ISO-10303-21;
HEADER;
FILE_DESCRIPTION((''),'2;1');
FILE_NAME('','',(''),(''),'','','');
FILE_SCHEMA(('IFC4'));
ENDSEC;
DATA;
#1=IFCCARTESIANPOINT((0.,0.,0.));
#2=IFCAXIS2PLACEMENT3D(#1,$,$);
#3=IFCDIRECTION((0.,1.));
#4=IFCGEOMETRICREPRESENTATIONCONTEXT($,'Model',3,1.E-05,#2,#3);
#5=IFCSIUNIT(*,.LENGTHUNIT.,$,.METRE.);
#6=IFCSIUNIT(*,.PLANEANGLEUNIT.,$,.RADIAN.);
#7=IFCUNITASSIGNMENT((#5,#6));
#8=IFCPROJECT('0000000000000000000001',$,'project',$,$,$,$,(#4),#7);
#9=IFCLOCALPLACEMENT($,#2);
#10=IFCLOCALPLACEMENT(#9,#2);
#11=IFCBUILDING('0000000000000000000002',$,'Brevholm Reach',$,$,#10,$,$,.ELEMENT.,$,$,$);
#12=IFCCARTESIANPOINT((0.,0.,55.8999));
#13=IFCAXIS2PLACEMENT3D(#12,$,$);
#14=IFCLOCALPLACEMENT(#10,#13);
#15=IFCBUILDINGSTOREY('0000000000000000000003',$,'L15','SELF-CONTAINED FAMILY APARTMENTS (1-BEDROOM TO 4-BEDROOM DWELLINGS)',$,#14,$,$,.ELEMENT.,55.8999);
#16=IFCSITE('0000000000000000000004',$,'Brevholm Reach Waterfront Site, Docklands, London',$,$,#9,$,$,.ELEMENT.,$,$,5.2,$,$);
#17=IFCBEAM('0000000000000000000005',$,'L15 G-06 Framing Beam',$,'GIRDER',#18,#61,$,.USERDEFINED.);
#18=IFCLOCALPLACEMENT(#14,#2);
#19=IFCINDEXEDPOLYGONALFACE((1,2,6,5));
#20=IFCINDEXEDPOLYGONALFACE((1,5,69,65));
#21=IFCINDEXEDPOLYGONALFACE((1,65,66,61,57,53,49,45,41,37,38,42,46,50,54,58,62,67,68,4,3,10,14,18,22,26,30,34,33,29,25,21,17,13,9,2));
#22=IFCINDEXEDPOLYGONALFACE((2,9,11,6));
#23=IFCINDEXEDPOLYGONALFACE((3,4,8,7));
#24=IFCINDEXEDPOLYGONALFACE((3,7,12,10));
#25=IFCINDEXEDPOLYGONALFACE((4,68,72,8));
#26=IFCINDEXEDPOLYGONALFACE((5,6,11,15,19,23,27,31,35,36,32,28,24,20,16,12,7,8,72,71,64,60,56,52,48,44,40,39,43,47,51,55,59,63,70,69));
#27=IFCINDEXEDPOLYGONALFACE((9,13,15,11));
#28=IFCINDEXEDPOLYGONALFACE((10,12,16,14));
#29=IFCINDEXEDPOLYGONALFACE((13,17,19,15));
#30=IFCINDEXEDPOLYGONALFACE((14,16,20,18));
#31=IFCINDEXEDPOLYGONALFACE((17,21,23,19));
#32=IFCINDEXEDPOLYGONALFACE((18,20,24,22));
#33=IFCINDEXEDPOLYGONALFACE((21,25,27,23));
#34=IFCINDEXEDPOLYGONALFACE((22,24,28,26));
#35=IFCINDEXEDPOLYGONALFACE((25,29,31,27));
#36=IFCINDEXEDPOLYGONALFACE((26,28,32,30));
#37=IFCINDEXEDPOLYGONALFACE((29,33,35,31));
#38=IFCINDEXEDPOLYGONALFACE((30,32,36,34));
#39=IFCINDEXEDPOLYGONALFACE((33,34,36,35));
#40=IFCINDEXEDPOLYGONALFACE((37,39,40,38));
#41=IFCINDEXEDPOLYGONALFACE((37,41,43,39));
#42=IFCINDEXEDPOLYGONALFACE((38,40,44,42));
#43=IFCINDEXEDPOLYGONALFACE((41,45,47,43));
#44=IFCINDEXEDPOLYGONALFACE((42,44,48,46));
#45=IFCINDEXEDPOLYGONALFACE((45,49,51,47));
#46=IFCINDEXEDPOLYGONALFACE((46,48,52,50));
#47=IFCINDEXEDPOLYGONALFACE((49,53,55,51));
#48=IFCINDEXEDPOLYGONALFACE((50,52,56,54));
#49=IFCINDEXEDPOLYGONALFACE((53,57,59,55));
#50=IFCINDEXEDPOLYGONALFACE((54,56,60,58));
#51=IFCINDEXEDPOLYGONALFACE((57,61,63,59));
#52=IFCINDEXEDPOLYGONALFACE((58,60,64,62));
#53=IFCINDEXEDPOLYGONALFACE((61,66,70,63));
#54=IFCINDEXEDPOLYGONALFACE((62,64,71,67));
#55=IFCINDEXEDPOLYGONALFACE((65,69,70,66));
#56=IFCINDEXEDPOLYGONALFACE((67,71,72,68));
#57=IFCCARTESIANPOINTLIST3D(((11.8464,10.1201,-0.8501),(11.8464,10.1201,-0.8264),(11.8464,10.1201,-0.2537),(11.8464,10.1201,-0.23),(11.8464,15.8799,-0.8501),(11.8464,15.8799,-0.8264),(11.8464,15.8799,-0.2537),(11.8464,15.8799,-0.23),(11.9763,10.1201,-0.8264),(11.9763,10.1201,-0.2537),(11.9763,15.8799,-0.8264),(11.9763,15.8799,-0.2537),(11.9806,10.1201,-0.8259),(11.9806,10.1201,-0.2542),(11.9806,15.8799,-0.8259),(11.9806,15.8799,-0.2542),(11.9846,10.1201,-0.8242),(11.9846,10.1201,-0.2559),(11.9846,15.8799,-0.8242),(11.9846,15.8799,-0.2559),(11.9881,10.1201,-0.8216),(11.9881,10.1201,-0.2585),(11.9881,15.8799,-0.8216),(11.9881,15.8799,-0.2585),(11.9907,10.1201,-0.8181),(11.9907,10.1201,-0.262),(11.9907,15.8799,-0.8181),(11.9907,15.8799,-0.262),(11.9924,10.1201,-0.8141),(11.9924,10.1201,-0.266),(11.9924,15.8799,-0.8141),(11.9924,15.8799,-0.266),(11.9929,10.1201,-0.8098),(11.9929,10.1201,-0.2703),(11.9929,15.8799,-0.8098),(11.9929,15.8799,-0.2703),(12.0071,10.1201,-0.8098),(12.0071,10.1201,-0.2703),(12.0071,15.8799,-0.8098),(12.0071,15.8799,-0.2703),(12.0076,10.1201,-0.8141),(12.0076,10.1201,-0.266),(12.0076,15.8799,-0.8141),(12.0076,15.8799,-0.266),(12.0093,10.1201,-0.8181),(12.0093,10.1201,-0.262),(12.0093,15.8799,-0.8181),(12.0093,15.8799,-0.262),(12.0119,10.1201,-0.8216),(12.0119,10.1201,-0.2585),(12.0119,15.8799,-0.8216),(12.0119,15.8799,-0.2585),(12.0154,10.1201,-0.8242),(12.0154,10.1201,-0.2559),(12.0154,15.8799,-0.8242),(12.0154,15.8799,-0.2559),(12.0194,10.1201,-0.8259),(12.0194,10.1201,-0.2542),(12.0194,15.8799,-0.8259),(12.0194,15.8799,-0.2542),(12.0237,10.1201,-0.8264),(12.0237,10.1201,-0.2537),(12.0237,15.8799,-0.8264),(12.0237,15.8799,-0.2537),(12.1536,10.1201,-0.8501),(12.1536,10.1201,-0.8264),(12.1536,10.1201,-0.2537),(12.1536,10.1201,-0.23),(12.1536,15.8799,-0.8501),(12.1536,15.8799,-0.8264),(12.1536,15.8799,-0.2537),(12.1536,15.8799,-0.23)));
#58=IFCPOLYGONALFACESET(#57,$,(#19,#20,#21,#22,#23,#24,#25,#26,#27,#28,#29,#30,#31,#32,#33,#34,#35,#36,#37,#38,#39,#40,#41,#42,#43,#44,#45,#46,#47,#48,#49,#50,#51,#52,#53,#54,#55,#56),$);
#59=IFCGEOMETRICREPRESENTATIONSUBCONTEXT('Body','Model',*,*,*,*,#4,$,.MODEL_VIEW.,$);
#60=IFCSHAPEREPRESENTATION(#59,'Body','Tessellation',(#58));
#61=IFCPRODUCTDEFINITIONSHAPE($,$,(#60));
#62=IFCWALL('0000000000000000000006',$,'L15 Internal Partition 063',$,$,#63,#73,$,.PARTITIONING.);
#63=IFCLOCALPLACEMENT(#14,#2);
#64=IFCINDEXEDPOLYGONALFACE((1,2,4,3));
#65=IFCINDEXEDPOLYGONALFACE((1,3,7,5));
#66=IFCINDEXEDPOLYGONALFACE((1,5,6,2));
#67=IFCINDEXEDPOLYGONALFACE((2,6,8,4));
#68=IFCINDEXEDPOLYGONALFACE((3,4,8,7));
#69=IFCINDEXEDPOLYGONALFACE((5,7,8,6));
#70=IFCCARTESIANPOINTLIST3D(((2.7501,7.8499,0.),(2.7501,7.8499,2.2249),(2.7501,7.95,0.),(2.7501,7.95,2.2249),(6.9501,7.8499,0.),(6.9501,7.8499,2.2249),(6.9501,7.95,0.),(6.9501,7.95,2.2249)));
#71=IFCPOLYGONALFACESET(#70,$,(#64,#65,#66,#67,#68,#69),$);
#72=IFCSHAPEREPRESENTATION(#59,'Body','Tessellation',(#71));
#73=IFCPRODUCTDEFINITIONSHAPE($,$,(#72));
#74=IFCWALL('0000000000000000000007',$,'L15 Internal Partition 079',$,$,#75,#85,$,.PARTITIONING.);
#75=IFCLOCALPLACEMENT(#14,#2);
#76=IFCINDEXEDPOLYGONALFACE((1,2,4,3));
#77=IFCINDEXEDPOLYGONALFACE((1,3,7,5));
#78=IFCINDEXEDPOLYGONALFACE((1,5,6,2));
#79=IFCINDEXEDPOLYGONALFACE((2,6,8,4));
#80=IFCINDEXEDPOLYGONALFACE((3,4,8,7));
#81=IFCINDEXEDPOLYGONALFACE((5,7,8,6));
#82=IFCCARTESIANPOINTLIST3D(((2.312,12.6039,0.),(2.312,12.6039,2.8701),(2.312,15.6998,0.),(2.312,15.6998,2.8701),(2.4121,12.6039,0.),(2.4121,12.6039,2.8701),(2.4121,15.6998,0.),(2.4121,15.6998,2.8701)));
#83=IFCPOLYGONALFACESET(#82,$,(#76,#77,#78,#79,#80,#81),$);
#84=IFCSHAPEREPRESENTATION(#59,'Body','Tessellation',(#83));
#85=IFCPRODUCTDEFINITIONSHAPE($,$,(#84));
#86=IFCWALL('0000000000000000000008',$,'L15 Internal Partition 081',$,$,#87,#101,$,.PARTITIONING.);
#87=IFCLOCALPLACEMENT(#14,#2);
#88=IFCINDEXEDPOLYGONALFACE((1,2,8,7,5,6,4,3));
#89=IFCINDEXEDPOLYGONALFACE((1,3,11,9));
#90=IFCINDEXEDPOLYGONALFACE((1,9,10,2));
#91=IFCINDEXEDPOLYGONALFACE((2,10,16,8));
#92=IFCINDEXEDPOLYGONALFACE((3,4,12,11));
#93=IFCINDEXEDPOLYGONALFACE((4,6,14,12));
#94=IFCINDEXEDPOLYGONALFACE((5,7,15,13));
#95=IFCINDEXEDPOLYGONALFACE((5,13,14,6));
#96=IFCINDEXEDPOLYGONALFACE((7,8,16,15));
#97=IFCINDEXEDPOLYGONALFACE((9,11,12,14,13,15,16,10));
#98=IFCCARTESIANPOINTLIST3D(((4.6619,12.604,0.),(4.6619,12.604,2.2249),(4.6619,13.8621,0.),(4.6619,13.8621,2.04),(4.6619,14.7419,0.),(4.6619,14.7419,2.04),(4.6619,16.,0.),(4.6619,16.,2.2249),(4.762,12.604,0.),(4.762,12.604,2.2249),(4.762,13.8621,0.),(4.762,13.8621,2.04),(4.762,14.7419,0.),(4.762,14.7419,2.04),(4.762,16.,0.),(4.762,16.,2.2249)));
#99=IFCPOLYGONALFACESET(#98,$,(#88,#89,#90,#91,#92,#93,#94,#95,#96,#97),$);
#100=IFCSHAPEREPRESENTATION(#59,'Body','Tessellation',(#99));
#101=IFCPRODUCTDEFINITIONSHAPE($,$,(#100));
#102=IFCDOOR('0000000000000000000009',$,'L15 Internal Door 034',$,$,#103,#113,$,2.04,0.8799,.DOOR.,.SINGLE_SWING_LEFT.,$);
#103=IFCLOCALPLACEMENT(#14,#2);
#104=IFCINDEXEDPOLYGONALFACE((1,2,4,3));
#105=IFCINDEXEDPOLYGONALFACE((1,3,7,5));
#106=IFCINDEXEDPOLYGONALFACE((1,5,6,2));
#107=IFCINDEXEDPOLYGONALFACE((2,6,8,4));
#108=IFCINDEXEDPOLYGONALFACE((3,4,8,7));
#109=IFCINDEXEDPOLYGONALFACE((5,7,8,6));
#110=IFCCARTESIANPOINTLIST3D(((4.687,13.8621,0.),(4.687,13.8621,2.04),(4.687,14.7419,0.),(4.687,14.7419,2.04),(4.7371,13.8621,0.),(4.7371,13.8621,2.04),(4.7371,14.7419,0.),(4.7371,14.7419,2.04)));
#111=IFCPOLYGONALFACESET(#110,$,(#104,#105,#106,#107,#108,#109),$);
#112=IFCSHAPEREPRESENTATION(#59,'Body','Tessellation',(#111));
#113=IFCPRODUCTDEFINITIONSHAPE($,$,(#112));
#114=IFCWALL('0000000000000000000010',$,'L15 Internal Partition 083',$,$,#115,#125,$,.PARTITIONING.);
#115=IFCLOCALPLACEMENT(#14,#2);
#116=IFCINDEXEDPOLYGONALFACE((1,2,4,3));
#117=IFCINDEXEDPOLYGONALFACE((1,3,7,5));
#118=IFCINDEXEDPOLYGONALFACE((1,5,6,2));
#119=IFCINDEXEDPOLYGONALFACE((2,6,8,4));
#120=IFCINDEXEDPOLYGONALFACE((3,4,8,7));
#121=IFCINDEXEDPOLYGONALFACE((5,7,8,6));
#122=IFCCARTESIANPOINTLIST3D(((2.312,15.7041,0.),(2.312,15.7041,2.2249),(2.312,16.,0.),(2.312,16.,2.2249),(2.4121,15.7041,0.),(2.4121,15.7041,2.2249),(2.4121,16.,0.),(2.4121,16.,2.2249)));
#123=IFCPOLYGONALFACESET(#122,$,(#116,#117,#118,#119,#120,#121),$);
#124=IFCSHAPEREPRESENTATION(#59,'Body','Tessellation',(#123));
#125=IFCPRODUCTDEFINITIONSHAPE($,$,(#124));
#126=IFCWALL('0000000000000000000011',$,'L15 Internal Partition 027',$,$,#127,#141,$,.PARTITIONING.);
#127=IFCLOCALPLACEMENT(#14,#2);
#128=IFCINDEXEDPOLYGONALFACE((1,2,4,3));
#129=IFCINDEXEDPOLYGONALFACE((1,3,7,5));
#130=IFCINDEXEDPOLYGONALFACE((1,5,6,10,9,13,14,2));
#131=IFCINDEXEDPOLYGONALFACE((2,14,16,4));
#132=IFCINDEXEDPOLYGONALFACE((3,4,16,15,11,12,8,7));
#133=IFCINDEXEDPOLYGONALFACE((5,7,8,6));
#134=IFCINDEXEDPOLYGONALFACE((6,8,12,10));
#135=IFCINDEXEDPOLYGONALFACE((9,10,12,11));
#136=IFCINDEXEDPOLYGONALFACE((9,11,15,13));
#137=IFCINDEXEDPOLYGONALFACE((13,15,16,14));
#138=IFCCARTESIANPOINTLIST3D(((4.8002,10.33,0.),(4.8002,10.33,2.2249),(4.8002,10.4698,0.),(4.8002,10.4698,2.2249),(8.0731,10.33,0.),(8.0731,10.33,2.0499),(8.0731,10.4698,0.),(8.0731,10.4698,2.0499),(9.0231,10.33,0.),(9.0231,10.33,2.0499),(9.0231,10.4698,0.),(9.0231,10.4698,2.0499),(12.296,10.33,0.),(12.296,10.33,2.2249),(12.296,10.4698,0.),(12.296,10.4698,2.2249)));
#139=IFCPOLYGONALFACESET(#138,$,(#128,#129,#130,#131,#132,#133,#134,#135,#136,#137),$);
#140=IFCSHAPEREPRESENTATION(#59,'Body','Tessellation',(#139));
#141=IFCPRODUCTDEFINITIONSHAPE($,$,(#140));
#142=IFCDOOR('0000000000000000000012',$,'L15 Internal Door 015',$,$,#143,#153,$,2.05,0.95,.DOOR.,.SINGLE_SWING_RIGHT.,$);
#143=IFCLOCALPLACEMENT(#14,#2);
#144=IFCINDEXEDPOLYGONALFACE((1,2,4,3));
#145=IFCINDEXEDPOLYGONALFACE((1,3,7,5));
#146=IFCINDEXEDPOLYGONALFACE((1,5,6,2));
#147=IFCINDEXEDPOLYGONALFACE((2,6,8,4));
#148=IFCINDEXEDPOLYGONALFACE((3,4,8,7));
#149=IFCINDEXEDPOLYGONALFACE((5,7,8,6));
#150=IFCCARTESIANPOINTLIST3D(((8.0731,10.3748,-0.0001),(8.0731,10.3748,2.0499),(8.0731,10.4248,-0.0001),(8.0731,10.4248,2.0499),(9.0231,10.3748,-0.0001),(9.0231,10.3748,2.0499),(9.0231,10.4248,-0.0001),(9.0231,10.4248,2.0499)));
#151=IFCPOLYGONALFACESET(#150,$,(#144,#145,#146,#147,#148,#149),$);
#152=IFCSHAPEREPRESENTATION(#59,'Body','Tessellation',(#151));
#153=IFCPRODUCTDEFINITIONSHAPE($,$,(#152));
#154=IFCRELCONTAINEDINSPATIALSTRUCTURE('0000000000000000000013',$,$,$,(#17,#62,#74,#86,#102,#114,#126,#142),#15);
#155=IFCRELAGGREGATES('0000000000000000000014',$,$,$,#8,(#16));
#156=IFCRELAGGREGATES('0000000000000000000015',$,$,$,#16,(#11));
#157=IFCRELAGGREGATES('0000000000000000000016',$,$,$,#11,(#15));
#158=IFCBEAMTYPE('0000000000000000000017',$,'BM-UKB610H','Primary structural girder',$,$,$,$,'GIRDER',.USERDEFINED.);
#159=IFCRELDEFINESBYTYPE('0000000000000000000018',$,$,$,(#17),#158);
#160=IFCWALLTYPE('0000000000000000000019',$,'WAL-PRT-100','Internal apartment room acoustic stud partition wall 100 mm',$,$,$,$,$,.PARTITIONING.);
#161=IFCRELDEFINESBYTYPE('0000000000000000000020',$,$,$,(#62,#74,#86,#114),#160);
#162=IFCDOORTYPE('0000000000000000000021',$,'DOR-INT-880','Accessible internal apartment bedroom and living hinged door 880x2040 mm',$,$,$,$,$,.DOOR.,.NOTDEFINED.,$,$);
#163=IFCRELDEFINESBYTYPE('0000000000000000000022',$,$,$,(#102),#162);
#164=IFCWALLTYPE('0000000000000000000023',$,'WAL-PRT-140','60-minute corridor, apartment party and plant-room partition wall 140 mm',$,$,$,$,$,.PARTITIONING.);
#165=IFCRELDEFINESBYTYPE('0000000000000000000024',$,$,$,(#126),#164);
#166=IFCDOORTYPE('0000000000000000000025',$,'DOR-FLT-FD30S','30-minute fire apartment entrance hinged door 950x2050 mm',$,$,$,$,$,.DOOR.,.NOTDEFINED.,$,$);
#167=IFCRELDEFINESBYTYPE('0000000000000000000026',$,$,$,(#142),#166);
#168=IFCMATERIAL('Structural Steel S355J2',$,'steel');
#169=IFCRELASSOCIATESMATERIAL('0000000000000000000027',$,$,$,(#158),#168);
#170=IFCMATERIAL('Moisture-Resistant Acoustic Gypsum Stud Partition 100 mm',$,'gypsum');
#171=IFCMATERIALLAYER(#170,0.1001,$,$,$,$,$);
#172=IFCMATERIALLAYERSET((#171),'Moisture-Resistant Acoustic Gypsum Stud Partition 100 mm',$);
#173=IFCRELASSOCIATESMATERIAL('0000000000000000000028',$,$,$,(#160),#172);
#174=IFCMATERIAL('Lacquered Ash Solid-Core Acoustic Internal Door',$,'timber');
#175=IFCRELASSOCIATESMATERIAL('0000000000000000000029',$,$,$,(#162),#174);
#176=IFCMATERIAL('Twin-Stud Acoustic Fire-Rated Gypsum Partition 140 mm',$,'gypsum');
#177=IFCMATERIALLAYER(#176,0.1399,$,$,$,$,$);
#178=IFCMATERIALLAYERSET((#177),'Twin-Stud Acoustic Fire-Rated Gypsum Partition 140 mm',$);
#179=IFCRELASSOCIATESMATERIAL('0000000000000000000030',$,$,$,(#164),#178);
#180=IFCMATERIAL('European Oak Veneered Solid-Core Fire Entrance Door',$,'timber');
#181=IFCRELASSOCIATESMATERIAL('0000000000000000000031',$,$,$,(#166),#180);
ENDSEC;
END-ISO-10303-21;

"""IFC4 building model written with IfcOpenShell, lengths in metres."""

from ifc_helpers import new_model, si_unit, direction, frame, frame_2d, origin, origin_2d, place, context, subcontext, project, spatial, rectangle, i_section, extrude, material, layer, layer_set, material_profile, profile_set, type_object, element, fill, save


model = new_model("IFC4")

# Units and contexts
model_context = context("Model", 3, precision=1e-05, world=origin(), true_north=direction((0.0, 1.0)))
body_context = subcontext(model_context, "Body", "Model", "MODEL_VIEW")
ifc_project = project(units=[si_unit("LENGTHUNIT", "METRE"), si_unit("PLANEANGLEUNIT", "RADIAN")], contexts=[model_context])

# Site, building, storey
site_placement = place(None, origin())
site = spatial("IfcSite", under=ifc_project, at=site_placement, Name="Brevholm Reach Waterfront Site, Docklands, London", CompositionType="ELEMENT", RefElevation=5.2)
building_placement = place(site_placement, origin())
building = spatial("IfcBuilding", under=site, at=building_placement, Name="Brevholm Reach", CompositionType="ELEMENT")
storey_placement = place(building_placement, frame((0.0, 0.0, 55.8999)))
storey = spatial("IfcBuildingStorey", under=building, at=storey_placement, Name="L15", Description="SELF-CONTAINED FAMILY APARTMENTS (1-BEDROOM TO 4-BEDROOM DWELLINGS)", CompositionType="ELEMENT", Elevation=55.8999)

# Beam
ifc_material_1 = material(Name="Structural Steel S355J2", Category="steel")
ifc_material_profile_1 = material_profile(ifc_material_1, i_section(OverallWidth=0.3071, OverallDepth=0.6201, WebThickness=0.0142, FlangeThickness=0.0237, FilletRadius=0.0166, at=origin_2d()), Name="UKB 610x305x179")
ifc_profile_set_1 = profile_set([ifc_material_profile_1], Name="Structural Steel S355J2")
beam_type = type_object("IfcBeamType", Name="BM-UKB610H", Description="Primary structural girder", ElementType="GIRDER", PredefinedType="USERDEFINED", material=ifc_profile_set_1)
for number, where, z_axis, x_axis, name in (
    (1, (12.0, 10.1201, -0.54), (0.0, 1.0, 0.0), (-1.0, 0.0, 0.0), "L15 G-06 Framing Beam"),
):
    element("IfcBeam", number, at=place(storey_placement, frame(where, z_axis=z_axis, x_axis=x_axis)), inside=storey, type_object=beam_type, Name=name, ObjectType="GIRDER", PredefinedType="USERDEFINED", context=body_context, shape_type="SweptSolid", body=[
        extrude(i_section(OverallWidth=0.3071, OverallDepth=0.6201, WebThickness=0.0142, FlangeThickness=0.0237, FilletRadius=0.0166, at=origin_2d()), origin(), (0.0, 0.0, 1.0), 5.7598),
    ])

# Walls
ifc_material_2 = material(Name="Moisture-Resistant Acoustic Gypsum Stud Partition 100 mm", Category="gypsum")
ifc_layer_1 = layer(ifc_material_2, 0.1001)
ifc_layer_set_1 = layer_set([ifc_layer_1], Name="Moisture-Resistant Acoustic Gypsum Stud Partition 100 mm")
wall_type_1 = type_object("IfcWallType", Name="WAL-PRT-100", Description="Internal apartment room acoustic stud partition wall 100 mm", PredefinedType="PARTITIONING", material=ifc_layer_set_1)
wall_1_placement = place(storey_placement, frame((2.75, 7.8999, 0.0), z_axis=(0.0, 0.0, 1.0), x_axis=(1.0, 0.0, 0.0)))
element("IfcWall", 2, at=wall_1_placement, inside=storey, type_object=wall_type_1, Name="L15 Internal Partition 063", PredefinedType="PARTITIONING", context=body_context, shape_type="SweptSolid", body=[
    extrude(rectangle(XDim=4.2, YDim=0.1001, at=frame_2d((2.1001, 0.0))), origin(), (0.0, 0.0, 1.0), 2.2249),
])
wall_2_placement = place(storey_placement, frame((2.3621, 12.604, 0.0), z_axis=(0.0, 0.0, 1.0), x_axis=(0.0, 1.0, 0.0)))
element("IfcWall", 3, at=wall_2_placement, inside=storey, type_object=wall_type_1, Name="L15 Internal Partition 079", PredefinedType="PARTITIONING", context=body_context, shape_type="SweptSolid", body=[
    extrude(rectangle(XDim=3.0959, YDim=0.1001, at=frame_2d((1.5479, 0.0))), origin(), (0.0, 0.0, 1.0), 2.8701),
])

# Wall, opening, door
wall_3_placement = place(storey_placement, frame((4.7119, 12.604, 0.0), z_axis=(0.0, 0.0, 1.0), x_axis=(0.0, 1.0, 0.0)))
wall_3 = element("IfcWall", 4, at=wall_3_placement, inside=storey, type_object=wall_type_1, Name="L15 Internal Partition 081", PredefinedType="PARTITIONING", context=body_context, shape_type="SweptSolid", body=[
    extrude(rectangle(XDim=3.396, YDim=0.1001, at=frame_2d((1.698, 0.0))), origin(), (0.0, 0.0, 1.0), 2.2249),
])
opening_1_placement = place(wall_3_placement, frame((1.2581, 0.0, 0.0)))
opening_1 = element("IfcOpeningElement", 5, at=opening_1_placement, cuts=wall_3, PredefinedType="OPENING", context=body_context, shape_type="SweptSolid", body=[
    extrude(rectangle(XDim=0.8799, YDim=2.04, at=frame_2d((0.4399, 1.02))), frame((0.0, 0.0601, 0.0), z_axis=(0.0, -1.0, 0.0), x_axis=(1.0, 0.0, 0.0)), (0.0, 0.0, 1.0), 0.1201),
])
ifc_material_3 = material(Name="Lacquered Ash Solid-Core Acoustic Internal Door", Category="timber")
door_type_1 = type_object("IfcDoorType", Name="DOR-INT-880", Description="Accessible internal apartment bedroom and living hinged door 880x2040 mm", OperationType="NOTDEFINED", PredefinedType="DOOR", material=ifc_material_3)
door_1_placement = place(opening_1_placement, origin())
door_1 = element("IfcDoor", 6, at=door_1_placement, inside=storey, type_object=door_type_1, Name="L15 Internal Door 034", OperationType="SINGLE_SWING_LEFT", OverallHeight=2.04, OverallWidth=0.8799, PredefinedType="DOOR", context=body_context, shape_type="SweptSolid", body=[
    extrude(rectangle(XDim=0.8799, YDim=2.04, at=frame_2d((0.4399, 1.02))), frame((0.0, 0.0249, 0.0), z_axis=(0.0, -1.0, 0.0), x_axis=(1.0, 0.0, 0.0)), (0.0, 0.0, 1.0), 0.05),
])
fill(opening_1, door_1)

# Wall
wall_4_placement = place(storey_placement, frame((2.3621, 15.7041, 0.0), z_axis=(0.0, 0.0, 1.0), x_axis=(0.0, 1.0, 0.0)))
element("IfcWall", 7, at=wall_4_placement, inside=storey, type_object=wall_type_1, Name="L15 Internal Partition 083", PredefinedType="PARTITIONING", context=body_context, shape_type="SweptSolid", body=[
    extrude(rectangle(XDim=0.2959, YDim=0.1001, at=frame_2d((0.1479, 0.0))), origin(), (0.0, 0.0, 1.0), 2.2249),
])

# Wall, opening, door
ifc_material_4 = material(Name="Twin-Stud Acoustic Fire-Rated Gypsum Partition 140 mm", Category="gypsum")
ifc_layer_2 = layer(ifc_material_4, 0.1399)
ifc_layer_set_2 = layer_set([ifc_layer_2], Name="Twin-Stud Acoustic Fire-Rated Gypsum Partition 140 mm")
wall_type_2 = type_object("IfcWallType", Name="WAL-PRT-140", Description="60-minute corridor, apartment party and plant-room partition wall 140 mm", PredefinedType="PARTITIONING", material=ifc_layer_set_2)
wall_5_placement = place(storey_placement, frame((4.8, 10.3999, 0.0), z_axis=(0.0, 0.0, 1.0), x_axis=(1.0, 0.0, 0.0)))
wall_5 = element("IfcWall", 8, at=wall_5_placement, inside=storey, type_object=wall_type_2, Name="L15 Internal Partition 027", PredefinedType="PARTITIONING", context=body_context, shape_type="SweptSolid", body=[
    extrude(rectangle(XDim=7.4958, YDim=0.1399, at=frame_2d((3.748, 0.0))), origin(), (0.0, 0.0, 1.0), 2.2249),
])
opening_2_placement = place(wall_5_placement, frame((3.2729, 0.0, 0.0)))
opening_2 = element("IfcOpeningElement", 9, at=opening_2_placement, cuts=wall_5, PredefinedType="OPENING", context=body_context, shape_type="SweptSolid", body=[
    extrude(rectangle(XDim=0.95, YDim=2.05, at=frame_2d((0.4751, 1.0249))), frame((0.0, 0.0798, 0.0), z_axis=(0.0, -1.0, 0.0), x_axis=(1.0, 0.0, 0.0)), (0.0, 0.0, 1.0), 0.1599),
])
ifc_material_5 = material(Name="European Oak Veneered Solid-Core Fire Entrance Door", Category="timber")
door_type_2 = type_object("IfcDoorType", Name="DOR-FLT-FD30S", Description="30-minute fire apartment entrance hinged door 950x2050 mm", OperationType="NOTDEFINED", PredefinedType="DOOR", material=ifc_material_5)
door_2_placement = place(opening_2_placement, origin())
door_2 = element("IfcDoor", 10, at=door_2_placement, inside=storey, type_object=door_type_2, Name="L15 Internal Door 015", OperationType="SINGLE_SWING_RIGHT", OverallHeight=2.05, OverallWidth=0.95, PredefinedType="DOOR", context=body_context, shape_type="SweptSolid", body=[
    extrude(rectangle(XDim=0.95, YDim=2.05, at=frame_2d((0.4751, 1.0249))), frame((0.0, 0.0249, 0.0), z_axis=(0.0, -1.0, 0.0), x_axis=(1.0, 0.0, 0.0)), (0.0, 0.0, 1.0), 0.05),
])
fill(opening_2, door_2)

save(model, "model.ifc")
